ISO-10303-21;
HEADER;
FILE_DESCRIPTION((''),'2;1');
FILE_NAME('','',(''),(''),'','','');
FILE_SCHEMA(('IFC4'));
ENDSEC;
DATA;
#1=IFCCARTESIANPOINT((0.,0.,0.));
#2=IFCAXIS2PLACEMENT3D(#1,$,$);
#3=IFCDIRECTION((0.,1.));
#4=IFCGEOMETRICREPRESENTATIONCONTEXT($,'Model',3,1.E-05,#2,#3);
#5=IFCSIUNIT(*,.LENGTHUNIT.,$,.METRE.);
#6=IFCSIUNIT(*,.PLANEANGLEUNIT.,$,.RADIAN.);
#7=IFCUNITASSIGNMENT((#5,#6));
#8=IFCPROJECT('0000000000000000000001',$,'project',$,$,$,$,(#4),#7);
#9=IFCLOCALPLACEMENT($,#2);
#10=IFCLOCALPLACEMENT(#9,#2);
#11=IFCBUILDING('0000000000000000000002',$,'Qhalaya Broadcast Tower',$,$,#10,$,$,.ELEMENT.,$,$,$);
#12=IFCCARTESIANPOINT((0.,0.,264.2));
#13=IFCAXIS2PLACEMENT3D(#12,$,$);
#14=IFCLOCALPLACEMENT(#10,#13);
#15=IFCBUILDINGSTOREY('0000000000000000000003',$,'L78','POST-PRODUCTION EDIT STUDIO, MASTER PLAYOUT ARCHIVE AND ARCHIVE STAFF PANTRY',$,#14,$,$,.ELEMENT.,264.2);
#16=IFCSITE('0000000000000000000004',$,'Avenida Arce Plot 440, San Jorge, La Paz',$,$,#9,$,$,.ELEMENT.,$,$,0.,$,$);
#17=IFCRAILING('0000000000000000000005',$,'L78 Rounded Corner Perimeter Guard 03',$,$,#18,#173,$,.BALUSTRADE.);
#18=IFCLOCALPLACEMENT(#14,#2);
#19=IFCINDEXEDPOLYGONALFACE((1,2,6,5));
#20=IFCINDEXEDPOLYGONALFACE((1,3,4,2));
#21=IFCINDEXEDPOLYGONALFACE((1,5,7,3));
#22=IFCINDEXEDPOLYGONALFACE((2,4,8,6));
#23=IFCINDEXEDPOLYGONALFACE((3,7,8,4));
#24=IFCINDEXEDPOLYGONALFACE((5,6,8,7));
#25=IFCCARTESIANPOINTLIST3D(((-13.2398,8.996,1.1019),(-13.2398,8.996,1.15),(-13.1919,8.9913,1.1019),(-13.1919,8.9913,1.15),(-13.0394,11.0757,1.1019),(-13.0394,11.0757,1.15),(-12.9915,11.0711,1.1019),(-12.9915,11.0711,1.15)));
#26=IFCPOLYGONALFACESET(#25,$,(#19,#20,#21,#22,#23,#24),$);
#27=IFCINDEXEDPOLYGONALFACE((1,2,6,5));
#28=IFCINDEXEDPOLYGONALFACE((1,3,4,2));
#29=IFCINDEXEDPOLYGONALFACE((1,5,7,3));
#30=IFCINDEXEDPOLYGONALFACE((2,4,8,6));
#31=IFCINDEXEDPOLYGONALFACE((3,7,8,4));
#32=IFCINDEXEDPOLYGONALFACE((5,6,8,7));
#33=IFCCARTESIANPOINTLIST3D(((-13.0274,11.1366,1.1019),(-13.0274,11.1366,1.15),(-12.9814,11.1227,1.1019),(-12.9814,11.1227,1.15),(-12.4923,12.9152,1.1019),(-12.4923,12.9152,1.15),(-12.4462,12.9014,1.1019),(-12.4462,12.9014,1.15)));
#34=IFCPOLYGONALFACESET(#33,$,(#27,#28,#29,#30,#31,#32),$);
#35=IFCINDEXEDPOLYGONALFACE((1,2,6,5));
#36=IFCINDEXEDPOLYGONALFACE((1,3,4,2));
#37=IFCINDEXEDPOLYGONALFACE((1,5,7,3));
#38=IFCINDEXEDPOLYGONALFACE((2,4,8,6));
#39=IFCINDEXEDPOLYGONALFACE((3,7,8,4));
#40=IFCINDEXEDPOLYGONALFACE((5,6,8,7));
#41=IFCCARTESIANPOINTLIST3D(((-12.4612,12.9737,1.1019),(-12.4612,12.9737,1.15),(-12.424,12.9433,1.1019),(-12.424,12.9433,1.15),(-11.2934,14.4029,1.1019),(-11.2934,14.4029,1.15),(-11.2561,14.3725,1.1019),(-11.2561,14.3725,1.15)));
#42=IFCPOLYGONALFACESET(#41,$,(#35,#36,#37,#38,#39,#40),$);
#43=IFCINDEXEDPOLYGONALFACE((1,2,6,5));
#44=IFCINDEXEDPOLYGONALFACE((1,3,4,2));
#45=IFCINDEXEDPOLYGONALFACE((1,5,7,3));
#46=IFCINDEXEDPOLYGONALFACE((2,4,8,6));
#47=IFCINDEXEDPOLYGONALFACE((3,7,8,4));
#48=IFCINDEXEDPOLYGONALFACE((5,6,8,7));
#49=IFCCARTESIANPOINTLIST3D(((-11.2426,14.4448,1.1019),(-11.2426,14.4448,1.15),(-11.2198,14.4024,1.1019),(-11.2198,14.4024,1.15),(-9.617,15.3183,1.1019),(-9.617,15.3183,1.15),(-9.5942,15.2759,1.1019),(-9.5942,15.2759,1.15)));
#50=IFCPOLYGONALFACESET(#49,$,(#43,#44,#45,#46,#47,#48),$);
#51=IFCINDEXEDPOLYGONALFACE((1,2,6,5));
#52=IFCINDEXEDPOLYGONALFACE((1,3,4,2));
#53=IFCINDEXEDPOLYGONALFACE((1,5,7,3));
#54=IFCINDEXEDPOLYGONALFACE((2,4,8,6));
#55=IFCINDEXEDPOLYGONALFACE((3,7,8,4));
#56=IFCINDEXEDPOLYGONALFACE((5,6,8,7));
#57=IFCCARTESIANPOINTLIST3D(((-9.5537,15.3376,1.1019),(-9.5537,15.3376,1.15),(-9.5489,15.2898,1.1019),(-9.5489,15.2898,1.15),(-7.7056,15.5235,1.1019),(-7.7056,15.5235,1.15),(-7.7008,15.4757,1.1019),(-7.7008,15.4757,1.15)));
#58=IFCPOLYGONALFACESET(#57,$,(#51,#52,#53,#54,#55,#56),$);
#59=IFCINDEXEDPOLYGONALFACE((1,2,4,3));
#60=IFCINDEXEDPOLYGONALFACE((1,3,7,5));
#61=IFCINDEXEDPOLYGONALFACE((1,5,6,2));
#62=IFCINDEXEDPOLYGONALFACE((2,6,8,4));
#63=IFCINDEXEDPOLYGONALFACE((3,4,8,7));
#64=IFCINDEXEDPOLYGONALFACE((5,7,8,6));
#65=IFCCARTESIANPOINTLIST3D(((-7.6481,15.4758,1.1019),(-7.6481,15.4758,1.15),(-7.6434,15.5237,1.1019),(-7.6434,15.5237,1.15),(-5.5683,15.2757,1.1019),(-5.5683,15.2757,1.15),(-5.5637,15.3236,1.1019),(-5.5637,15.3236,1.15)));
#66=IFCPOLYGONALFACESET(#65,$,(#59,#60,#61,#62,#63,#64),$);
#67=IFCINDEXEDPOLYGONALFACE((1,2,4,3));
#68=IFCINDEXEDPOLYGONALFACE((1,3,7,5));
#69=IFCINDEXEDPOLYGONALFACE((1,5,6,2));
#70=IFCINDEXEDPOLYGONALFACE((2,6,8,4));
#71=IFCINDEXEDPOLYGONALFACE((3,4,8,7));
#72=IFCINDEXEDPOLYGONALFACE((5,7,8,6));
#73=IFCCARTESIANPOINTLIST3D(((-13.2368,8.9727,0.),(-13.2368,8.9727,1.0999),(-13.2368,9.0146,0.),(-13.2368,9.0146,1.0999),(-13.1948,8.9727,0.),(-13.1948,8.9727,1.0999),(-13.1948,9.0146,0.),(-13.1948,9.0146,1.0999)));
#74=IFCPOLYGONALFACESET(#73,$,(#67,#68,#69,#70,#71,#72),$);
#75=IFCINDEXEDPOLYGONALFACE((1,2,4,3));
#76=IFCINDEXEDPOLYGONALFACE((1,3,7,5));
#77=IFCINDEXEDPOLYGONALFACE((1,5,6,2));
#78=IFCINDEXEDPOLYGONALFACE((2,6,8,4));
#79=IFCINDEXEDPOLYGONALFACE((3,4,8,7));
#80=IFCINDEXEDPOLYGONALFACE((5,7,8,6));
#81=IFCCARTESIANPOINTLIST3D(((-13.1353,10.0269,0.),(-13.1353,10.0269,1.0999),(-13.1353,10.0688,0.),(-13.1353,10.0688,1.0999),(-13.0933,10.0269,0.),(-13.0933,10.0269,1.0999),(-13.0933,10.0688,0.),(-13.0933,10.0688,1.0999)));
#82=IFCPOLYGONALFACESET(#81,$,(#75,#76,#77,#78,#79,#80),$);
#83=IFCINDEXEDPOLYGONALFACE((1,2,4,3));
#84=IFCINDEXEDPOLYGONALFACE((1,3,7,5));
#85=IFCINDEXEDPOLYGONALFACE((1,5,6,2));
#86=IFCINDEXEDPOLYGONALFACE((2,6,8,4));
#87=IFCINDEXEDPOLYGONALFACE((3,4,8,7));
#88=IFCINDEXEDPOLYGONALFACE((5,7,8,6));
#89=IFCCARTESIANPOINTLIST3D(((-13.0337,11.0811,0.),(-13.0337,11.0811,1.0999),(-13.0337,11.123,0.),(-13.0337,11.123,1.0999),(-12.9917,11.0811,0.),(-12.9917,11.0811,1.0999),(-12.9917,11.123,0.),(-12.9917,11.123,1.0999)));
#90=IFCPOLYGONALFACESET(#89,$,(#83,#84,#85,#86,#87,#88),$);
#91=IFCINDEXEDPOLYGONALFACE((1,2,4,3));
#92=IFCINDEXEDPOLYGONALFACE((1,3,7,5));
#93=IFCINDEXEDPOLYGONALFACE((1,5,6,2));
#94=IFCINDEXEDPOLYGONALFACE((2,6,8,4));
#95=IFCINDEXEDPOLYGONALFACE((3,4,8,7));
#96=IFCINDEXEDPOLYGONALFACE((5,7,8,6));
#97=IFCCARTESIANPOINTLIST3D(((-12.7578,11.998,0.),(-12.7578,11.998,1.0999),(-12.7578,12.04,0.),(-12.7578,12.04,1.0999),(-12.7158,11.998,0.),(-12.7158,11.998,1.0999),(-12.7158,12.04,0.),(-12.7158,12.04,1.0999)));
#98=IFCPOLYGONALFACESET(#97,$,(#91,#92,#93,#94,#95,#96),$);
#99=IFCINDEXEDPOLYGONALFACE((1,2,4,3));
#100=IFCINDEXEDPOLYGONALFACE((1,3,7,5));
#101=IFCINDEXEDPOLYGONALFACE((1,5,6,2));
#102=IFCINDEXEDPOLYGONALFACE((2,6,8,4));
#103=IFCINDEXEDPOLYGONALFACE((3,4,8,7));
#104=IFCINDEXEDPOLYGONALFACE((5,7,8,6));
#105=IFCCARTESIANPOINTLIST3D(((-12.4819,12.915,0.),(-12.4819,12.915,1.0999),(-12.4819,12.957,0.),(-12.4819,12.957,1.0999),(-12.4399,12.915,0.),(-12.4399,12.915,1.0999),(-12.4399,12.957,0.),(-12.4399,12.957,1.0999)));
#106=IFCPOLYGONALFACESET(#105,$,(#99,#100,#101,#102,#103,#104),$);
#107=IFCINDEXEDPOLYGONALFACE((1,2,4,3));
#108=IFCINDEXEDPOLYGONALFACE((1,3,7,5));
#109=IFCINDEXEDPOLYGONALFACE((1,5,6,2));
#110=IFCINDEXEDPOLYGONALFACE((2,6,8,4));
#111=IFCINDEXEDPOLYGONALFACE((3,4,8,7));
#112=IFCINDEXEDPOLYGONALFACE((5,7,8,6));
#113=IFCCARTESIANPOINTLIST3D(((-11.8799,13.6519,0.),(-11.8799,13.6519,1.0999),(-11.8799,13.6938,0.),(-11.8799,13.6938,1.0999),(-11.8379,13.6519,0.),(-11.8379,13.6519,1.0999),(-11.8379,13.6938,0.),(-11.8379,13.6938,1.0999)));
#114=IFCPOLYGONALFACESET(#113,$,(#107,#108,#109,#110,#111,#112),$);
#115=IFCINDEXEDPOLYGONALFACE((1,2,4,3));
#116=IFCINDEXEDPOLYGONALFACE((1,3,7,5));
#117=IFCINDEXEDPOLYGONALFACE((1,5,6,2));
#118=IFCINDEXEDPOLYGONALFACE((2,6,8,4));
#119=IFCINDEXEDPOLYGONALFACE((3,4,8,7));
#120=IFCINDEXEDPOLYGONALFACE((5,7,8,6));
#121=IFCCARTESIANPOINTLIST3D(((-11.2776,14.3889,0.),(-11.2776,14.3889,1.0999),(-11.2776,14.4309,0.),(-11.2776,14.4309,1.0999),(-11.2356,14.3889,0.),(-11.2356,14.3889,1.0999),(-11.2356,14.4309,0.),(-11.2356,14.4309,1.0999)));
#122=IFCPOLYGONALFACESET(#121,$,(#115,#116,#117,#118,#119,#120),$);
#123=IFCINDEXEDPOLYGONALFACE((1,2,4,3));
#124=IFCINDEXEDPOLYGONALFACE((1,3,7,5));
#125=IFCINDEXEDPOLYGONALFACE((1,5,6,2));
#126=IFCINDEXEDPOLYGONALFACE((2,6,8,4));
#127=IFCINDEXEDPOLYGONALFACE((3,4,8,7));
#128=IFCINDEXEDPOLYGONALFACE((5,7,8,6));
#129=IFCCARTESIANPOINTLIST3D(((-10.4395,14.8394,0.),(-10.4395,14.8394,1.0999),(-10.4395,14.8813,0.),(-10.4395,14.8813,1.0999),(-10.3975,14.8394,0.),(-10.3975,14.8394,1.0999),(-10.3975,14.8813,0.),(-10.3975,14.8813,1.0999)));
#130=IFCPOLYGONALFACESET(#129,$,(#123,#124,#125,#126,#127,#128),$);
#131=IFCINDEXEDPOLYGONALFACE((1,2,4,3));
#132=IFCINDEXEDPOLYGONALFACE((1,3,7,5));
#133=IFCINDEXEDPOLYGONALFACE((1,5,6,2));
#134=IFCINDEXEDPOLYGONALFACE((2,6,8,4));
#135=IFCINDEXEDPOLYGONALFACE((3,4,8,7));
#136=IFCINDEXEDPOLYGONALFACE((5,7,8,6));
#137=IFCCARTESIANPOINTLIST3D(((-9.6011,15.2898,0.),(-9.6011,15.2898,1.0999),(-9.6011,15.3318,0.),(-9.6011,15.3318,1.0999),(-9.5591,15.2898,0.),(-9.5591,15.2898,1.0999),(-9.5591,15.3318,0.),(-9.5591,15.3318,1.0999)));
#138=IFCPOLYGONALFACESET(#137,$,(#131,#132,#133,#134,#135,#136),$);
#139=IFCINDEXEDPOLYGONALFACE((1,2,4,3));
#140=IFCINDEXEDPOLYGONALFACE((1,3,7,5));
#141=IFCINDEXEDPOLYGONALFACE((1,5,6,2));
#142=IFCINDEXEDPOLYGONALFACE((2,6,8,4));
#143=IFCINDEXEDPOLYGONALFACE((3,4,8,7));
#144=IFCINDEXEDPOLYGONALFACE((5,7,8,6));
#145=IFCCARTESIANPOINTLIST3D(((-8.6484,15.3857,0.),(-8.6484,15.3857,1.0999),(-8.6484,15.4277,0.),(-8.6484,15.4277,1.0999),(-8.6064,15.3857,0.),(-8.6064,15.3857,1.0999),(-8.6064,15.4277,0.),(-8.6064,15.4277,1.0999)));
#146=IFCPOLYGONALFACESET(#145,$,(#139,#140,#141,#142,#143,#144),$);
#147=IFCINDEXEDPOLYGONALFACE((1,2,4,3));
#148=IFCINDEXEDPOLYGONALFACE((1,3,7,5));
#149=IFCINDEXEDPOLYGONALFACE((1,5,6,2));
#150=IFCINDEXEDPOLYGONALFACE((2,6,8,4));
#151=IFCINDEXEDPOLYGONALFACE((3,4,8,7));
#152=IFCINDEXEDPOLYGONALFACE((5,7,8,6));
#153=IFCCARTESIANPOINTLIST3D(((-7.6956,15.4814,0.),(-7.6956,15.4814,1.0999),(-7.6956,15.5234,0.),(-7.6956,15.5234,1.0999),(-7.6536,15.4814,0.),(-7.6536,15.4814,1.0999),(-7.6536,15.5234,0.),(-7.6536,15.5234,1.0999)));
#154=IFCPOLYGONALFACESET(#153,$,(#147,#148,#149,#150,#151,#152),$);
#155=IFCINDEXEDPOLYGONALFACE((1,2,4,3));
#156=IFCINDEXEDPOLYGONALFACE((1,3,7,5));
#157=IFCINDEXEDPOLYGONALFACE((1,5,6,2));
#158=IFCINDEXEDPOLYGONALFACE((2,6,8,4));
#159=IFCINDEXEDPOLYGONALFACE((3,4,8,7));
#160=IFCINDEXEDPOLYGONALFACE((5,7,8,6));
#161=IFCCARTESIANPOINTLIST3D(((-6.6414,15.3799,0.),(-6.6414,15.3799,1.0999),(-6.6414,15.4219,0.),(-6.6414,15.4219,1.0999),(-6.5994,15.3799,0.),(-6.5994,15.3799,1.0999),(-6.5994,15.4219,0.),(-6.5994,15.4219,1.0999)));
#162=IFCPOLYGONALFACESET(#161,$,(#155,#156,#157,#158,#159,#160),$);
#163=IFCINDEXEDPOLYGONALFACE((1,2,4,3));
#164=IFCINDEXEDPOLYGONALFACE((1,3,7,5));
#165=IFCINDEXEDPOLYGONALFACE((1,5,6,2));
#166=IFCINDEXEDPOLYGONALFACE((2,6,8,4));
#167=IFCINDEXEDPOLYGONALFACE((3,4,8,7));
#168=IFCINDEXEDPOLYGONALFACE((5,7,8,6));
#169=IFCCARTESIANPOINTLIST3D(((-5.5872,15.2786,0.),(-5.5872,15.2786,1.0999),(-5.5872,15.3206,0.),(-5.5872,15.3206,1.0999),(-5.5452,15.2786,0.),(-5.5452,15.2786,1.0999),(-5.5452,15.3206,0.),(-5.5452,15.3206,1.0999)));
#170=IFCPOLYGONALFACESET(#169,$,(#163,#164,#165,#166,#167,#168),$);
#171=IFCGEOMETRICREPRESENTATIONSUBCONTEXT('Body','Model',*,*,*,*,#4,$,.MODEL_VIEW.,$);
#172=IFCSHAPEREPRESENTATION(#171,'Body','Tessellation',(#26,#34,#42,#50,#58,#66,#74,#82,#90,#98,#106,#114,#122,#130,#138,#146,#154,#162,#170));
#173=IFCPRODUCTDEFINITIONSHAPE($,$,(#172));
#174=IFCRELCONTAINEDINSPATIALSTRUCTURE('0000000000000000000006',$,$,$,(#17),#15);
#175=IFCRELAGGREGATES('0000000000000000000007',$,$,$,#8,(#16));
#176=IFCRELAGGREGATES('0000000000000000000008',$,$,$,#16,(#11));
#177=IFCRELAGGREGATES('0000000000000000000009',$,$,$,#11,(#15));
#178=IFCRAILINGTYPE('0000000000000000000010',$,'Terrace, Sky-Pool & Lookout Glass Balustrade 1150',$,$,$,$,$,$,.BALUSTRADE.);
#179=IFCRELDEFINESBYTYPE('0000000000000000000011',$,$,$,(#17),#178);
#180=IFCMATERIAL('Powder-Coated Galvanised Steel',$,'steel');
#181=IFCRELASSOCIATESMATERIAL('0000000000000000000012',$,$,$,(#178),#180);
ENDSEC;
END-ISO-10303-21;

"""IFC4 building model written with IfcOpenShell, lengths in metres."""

from ifc_helpers import new_model, si_unit, direction, frame, origin, origin_2d, place, context, subcontext, project, spatial, rectangle, extrude, material, type_object, element, save


model = new_model("IFC4")

# Units and contexts
model_context = context("Model", 3, precision=1e-05, world=origin(), true_north=direction((0.0, 1.0)))
body_context = subcontext(model_context, "Body", "Model", "MODEL_VIEW")
ifc_project = project(units=[si_unit("LENGTHUNIT", "METRE"), si_unit("PLANEANGLEUNIT", "RADIAN")], contexts=[model_context])

# Site, building, storey
site_placement = place(None, origin())
site = spatial("IfcSite", under=ifc_project, at=site_placement, Name="Avenida Arce Plot 440, San Jorge, La Paz", CompositionType="ELEMENT", RefElevation=0.0)
building_placement = place(site_placement, origin())
building = spatial("IfcBuilding", under=site, at=building_placement, Name="Qhalaya Broadcast Tower", CompositionType="ELEMENT")
storey_placement = place(building_placement, frame((0.0, 0.0, 264.2)))
storey = spatial("IfcBuildingStorey", under=building, at=storey_placement, Name="L78", Description="POST-PRODUCTION EDIT STUDIO, MASTER PLAYOUT ARCHIVE AND ARCHIVE STAFF PANTRY", CompositionType="ELEMENT", Elevation=264.2)

# Railing
ifc_material_1 = material(Name="Powder-Coated Galvanised Steel", Category="steel")
railing_type = type_object("IfcRailingType", Name="Terrace, Sky-Pool & Lookout Glass Balustrade 1150", PredefinedType="BALUSTRADE", material=ifc_material_1)
railing_placement = place(storey_placement, frame((-13.2158, 8.9937, 0.0)))
element("IfcRailing", 1, at=railing_placement, inside=storey, type_object=railing_type, Name="L78 Rounded Corner Perimeter Guard 03", PredefinedType="BALUSTRADE", context=body_context, shape_type="SweptSolid", body=[
    extrude(rectangle(XDim=0.0481, YDim=0.0481, at=origin_2d()), frame((0.0, 0.0, 1.126), z_axis=(0.095897, 0.995391, 0.0), x_axis=(-0.995391, 0.095897, 0.0)), (0.0, 0.0, 1.0), 2.0894),
    extrude(rectangle(XDim=0.0481, YDim=0.0481, at=origin_2d()), frame((0.2114, 2.136, 1.126), z_axis=(0.288096, 0.957601, 0.0), x_axis=(-0.957601, 0.288096, 0.0)), (0.0, 0.0, 1.0), 1.8574),
    extrude(rectangle(XDim=0.0481, YDim=0.0481, at=origin_2d()), frame((0.7732, 3.9648, 1.126), z_axis=(0.632749, 0.774357, 0.0), x_axis=(-0.774357, 0.632749, 0.0)), (0.0, 0.0, 1.0), 1.8457),
    extrude(rectangle(XDim=0.0481, YDim=0.0481, at=origin_2d()), frame((1.9846, 5.4299, 1.126), z_axis=(0.880879, 0.473342, 0.0), x_axis=(-0.473342, 0.880879, 0.0)), (0.0, 0.0, 1.0), 1.8455),
    extrude(rectangle(XDim=0.0481, YDim=0.0481, at=origin_2d()), frame((3.6646, 6.3201, 1.126), z_axis=(0.99498, 0.100072, 0.0), x_axis=(-0.100072, 0.99498, 0.0)), (0.0, 0.0, 1.0), 1.8574),
    extrude(rectangle(XDim=0.0481, YDim=0.0481, at=origin_2d()), frame((5.5701, 6.5061, 1.126), z_axis=(0.995402, -0.095783, 0.0), x_axis=(0.095783, 0.995402, 0.0)), (0.0, 0.0, 1.0), 2.0894),
    extrude(rectangle(XDim=0.042, YDim=0.042, at=origin_2d()), origin(), (0.0, 0.0, 1.0), 1.0999),
    extrude(rectangle(XDim=0.042, YDim=0.042, at=origin_2d()), frame((0.1016, 1.0542, 0.0)), (0.0, 0.0, 1.0), 1.0999),
    extrude(rectangle(XDim=0.042, YDim=0.042, at=origin_2d()), frame((0.2031, 2.1084, 0.0)), (0.0, 0.0, 1.0), 1.0999),
    extrude(rectangle(XDim=0.042, YDim=0.042, at=origin_2d()), frame((0.479, 3.0254, 0.0)), (0.0, 0.0, 1.0), 1.0999),
    extrude(rectangle(XDim=0.042, YDim=0.042, at=origin_2d()), frame((0.7549, 3.9424, 0.0)), (0.0, 0.0, 1.0), 1.0999),
    extrude(rectangle(XDim=0.042, YDim=0.042, at=origin_2d()), frame((1.3569, 4.6792, 0.0)), (0.0, 0.0, 1.0), 1.0999),
    extrude(rectangle(XDim=0.042, YDim=0.042, at=origin_2d()), frame((1.9592, 5.4163, 0.0)), (0.0, 0.0, 1.0), 1.0999),
    extrude(rectangle(XDim=0.042, YDim=0.042, at=origin_2d()), frame((2.7974, 5.8667, 0.0)), (0.0, 0.0, 1.0), 1.0999),
    extrude(rectangle(XDim=0.042, YDim=0.042, at=origin_2d()), frame((3.6357, 6.3171, 0.0)), (0.0, 0.0, 1.0), 1.0999),
    extrude(rectangle(XDim=0.042, YDim=0.042, at=origin_2d()), frame((4.5884, 6.4131, 0.0)), (0.0, 0.0, 1.0), 1.0999),
    extrude(rectangle(XDim=0.042, YDim=0.042, at=origin_2d()), frame((5.5413, 6.5088, 0.0)), (0.0, 0.0, 1.0), 1.0999),
    extrude(rectangle(XDim=0.042, YDim=0.042, at=origin_2d()), frame((6.5955, 6.4072, 0.0)), (0.0, 0.0, 1.0), 1.0999),
    extrude(rectangle(XDim=0.042, YDim=0.042, at=origin_2d()), frame((7.6497, 6.3059, 0.0)), (0.0, 0.0, 1.0), 1.0999),
])

save(model, "model.ifc")
